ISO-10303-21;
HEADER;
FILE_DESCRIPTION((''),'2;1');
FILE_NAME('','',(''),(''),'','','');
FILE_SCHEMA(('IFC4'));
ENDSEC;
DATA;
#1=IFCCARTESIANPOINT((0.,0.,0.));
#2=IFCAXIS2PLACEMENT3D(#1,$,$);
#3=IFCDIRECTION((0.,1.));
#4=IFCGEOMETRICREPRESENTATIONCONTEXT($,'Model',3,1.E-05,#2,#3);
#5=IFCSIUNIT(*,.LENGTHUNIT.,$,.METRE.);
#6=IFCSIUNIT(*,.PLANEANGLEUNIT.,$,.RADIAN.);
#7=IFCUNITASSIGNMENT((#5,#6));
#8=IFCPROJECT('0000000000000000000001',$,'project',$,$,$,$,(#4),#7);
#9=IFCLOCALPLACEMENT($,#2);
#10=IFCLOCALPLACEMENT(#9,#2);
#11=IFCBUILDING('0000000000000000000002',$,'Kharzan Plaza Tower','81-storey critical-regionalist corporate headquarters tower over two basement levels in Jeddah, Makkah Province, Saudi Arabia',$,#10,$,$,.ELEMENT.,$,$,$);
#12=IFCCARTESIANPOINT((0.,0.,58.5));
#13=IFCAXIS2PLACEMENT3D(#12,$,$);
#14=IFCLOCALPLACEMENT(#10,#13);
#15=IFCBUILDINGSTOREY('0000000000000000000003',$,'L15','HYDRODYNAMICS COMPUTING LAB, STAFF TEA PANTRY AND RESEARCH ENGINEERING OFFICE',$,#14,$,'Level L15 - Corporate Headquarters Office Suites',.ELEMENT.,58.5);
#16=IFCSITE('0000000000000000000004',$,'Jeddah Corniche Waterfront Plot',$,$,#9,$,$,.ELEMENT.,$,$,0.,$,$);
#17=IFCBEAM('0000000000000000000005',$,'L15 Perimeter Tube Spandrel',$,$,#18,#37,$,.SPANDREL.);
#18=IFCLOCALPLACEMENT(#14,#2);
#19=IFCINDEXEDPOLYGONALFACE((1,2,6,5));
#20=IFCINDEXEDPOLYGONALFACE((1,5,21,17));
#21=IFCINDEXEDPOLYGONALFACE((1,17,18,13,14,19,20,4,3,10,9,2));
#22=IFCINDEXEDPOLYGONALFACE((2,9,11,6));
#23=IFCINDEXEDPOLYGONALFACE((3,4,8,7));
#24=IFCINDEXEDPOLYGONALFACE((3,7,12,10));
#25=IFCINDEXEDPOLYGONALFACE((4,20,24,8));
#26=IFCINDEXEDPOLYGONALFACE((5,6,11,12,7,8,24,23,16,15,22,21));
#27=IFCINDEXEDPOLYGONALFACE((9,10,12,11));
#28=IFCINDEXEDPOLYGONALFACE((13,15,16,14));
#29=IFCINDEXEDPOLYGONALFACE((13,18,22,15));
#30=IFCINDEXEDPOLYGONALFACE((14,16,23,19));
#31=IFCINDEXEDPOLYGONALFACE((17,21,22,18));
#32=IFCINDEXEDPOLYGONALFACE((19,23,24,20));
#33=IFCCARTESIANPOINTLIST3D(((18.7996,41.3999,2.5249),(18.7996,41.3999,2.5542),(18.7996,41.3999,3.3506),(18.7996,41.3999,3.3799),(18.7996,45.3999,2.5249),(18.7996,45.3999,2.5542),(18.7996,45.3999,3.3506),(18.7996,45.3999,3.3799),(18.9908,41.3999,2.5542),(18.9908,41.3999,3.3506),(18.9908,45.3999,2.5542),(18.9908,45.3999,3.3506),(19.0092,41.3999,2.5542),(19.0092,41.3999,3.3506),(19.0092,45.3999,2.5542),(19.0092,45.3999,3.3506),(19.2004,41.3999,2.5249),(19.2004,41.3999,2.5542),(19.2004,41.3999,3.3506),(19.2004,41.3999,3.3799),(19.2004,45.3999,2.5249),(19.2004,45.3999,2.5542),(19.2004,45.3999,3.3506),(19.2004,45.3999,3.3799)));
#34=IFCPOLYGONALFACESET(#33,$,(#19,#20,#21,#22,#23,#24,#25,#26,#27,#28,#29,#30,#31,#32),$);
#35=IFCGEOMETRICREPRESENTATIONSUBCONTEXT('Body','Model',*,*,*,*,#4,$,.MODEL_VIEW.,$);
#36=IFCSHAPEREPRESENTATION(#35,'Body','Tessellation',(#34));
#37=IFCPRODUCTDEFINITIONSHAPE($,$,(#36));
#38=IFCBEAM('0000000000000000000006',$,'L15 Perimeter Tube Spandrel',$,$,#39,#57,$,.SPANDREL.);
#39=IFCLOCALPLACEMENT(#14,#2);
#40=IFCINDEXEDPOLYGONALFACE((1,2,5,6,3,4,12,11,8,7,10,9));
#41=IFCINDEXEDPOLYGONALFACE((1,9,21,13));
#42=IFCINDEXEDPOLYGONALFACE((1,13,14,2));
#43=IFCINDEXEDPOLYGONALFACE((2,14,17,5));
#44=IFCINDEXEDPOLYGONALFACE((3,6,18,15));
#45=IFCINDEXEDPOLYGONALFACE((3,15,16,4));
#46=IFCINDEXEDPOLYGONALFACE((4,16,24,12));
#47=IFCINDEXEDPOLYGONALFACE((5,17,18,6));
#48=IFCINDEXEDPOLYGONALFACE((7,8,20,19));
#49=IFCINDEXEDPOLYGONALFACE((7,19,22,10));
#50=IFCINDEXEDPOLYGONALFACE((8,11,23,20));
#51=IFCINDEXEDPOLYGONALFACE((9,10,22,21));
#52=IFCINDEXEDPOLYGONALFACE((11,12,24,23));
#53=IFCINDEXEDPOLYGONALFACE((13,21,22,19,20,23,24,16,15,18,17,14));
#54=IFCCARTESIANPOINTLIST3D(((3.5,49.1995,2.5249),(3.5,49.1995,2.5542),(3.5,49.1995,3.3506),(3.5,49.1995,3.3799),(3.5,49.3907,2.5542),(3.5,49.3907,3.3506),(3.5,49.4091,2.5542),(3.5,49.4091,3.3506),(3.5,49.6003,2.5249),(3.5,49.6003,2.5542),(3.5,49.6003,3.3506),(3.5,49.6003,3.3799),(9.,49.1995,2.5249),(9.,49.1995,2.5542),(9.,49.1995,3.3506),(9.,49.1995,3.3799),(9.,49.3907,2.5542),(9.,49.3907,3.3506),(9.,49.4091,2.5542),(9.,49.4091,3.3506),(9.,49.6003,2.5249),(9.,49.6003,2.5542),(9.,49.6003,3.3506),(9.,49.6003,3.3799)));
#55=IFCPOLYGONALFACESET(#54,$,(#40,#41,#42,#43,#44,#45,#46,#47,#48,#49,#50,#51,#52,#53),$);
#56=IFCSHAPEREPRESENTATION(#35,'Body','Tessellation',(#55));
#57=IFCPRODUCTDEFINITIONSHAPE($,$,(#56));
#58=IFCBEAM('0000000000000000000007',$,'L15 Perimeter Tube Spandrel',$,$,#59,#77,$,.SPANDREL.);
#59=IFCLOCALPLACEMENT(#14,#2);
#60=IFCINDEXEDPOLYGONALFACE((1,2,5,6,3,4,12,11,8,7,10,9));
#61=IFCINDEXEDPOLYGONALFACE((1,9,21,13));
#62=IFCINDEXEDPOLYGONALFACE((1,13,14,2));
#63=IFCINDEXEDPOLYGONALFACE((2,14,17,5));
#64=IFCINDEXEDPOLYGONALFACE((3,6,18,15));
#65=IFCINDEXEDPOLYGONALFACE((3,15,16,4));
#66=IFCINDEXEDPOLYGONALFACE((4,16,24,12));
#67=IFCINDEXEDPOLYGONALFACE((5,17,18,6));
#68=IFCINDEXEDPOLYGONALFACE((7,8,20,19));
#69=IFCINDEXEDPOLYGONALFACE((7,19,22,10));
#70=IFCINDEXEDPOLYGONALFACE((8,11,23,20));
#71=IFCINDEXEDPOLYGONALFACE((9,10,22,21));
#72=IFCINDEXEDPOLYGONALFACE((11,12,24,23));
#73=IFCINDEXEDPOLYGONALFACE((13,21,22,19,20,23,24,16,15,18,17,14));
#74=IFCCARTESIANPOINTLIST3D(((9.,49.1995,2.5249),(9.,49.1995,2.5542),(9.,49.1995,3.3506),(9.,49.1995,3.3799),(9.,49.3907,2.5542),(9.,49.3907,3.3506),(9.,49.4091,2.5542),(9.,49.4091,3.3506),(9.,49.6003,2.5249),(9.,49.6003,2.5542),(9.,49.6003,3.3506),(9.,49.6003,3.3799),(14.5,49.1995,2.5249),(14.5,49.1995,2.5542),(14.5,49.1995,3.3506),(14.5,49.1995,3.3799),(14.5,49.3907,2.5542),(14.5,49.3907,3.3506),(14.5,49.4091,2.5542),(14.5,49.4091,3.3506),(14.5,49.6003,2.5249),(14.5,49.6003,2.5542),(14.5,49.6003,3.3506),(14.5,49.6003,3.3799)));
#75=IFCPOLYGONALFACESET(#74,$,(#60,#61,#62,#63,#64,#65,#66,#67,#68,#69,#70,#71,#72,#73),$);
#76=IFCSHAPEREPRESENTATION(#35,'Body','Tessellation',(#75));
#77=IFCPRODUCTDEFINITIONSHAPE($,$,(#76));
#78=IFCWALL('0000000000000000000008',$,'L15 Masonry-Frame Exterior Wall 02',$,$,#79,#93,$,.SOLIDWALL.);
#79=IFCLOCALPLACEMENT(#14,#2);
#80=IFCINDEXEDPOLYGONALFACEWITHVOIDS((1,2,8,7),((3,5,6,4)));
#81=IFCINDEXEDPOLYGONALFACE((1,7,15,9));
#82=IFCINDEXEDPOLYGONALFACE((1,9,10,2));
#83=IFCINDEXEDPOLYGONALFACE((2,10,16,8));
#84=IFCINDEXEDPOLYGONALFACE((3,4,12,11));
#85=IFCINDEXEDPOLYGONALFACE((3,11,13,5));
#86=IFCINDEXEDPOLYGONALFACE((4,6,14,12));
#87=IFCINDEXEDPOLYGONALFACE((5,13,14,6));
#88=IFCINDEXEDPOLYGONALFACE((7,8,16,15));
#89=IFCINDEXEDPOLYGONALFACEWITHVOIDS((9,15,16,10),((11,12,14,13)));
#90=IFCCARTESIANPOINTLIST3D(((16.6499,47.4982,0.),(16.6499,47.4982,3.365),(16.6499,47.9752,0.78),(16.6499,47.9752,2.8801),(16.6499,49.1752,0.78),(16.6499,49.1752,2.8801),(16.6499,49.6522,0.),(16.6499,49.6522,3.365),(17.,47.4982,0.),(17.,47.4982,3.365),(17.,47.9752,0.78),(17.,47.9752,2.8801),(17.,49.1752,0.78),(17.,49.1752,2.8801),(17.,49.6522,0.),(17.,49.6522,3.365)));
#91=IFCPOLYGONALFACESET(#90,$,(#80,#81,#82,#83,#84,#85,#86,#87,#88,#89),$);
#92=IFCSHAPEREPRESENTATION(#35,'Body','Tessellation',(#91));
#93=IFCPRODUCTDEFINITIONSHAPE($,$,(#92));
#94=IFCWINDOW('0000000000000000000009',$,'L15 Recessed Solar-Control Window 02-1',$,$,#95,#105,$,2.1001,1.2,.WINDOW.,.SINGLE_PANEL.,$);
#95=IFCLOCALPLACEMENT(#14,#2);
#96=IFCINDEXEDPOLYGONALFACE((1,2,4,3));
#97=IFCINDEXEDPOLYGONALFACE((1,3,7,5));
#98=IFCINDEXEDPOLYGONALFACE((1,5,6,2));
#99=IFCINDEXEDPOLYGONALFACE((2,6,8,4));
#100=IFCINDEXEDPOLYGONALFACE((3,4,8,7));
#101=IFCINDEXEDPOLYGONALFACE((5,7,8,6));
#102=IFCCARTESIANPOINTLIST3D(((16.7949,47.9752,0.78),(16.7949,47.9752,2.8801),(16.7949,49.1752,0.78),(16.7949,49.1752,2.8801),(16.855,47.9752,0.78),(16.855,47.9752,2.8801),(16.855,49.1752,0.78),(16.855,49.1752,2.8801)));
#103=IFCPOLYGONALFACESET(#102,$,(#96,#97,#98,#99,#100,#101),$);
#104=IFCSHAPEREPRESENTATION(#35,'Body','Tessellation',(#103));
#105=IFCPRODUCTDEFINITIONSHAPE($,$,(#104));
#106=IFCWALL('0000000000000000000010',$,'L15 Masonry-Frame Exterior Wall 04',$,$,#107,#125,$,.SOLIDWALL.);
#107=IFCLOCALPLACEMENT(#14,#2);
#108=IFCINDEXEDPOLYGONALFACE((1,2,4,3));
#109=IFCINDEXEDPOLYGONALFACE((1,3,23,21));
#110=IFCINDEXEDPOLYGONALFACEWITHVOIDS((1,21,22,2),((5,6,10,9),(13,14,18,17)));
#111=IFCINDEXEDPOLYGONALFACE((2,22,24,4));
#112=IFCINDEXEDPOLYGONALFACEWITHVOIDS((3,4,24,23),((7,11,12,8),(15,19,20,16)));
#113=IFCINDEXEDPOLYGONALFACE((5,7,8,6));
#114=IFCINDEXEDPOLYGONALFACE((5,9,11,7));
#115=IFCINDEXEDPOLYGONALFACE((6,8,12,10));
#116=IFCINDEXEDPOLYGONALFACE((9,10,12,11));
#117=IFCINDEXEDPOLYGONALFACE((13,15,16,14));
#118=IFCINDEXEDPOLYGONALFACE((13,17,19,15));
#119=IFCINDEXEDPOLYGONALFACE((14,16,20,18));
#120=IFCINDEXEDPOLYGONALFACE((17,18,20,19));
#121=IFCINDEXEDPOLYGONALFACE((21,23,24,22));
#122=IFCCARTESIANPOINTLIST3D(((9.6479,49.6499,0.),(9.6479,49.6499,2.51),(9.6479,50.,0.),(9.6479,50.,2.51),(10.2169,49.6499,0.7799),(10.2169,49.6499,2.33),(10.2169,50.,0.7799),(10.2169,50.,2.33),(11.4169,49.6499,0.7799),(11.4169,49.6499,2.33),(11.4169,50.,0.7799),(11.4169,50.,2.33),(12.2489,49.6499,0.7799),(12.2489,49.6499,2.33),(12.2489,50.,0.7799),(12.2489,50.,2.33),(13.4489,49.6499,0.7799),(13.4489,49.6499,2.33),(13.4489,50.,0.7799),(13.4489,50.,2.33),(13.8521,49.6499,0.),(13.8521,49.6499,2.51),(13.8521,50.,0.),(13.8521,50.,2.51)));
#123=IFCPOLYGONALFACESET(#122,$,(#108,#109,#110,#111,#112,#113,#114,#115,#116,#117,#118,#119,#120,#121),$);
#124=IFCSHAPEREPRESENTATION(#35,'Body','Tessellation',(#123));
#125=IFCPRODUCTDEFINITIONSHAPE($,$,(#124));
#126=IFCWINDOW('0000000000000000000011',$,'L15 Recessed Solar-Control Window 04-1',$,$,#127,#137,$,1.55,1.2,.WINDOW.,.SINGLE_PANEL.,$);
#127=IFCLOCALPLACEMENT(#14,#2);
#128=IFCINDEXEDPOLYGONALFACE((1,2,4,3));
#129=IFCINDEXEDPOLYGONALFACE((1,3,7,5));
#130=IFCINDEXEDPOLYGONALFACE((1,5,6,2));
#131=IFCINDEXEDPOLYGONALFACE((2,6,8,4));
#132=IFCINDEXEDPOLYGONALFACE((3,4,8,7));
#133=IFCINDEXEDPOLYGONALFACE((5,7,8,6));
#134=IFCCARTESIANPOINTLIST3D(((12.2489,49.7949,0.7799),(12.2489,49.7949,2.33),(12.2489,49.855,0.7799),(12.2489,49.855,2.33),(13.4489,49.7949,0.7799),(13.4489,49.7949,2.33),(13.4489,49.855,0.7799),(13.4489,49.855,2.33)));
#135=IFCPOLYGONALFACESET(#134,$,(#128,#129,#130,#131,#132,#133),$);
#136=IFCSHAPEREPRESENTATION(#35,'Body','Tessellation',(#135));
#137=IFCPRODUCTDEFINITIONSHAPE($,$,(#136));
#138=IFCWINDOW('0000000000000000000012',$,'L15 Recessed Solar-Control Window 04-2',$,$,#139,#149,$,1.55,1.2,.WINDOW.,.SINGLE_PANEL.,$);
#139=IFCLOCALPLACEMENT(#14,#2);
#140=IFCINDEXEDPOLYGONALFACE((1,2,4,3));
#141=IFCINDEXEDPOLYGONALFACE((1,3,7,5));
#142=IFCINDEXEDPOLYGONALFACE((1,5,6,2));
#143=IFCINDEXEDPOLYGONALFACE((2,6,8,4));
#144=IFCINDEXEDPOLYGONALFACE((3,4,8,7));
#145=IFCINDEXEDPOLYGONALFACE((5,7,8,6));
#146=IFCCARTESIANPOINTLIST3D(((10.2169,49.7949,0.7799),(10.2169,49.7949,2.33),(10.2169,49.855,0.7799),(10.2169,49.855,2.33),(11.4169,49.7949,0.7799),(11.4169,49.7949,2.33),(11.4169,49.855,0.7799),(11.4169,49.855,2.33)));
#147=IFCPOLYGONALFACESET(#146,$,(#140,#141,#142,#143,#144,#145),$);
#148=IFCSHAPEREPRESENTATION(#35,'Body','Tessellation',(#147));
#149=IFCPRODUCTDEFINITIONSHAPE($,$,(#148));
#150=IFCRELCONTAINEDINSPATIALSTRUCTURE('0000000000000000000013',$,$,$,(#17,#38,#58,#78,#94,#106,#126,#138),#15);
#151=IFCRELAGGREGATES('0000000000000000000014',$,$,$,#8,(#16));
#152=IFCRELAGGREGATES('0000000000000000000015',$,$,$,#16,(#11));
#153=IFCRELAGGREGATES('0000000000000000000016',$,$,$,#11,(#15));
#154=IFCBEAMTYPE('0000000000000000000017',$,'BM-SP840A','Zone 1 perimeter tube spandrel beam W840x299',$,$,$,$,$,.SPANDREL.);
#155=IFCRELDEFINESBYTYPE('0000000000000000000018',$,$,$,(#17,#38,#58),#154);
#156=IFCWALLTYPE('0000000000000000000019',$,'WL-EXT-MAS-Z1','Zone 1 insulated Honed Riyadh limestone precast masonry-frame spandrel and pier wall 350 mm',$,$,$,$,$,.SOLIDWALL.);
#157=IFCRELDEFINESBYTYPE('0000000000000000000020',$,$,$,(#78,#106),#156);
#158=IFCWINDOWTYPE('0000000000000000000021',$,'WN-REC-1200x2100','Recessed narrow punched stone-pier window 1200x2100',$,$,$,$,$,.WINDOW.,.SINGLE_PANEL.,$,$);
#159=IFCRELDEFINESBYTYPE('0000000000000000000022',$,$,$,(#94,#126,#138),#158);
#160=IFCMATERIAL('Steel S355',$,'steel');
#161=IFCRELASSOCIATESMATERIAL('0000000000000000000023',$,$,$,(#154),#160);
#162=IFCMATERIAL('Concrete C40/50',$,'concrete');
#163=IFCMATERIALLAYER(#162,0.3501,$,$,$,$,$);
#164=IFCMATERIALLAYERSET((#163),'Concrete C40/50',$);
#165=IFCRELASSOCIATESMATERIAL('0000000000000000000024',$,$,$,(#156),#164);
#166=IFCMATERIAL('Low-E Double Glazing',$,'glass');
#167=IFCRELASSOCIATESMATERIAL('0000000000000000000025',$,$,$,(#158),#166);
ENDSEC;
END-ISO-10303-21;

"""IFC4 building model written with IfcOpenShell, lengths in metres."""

from ifc_helpers import new_model, si_unit, direction, frame, frame_2d, origin, origin_2d, place, context, subcontext, project, spatial, rectangle, i_section, extrude, source, transform, mapped, material, layer, layer_set, material_profile, profile_set, type_object, element, fill, save


model = new_model("IFC4")

# Units and contexts
model_context = context("Model", 3, precision=1e-05, world=origin(), true_north=direction((0.0, 1.0)))
body_context = subcontext(model_context, "Body", "Model", "MODEL_VIEW")
ifc_project = project(units=[si_unit("LENGTHUNIT", "METRE"), si_unit("PLANEANGLEUNIT", "RADIAN")], contexts=[model_context])

# Site, building, storey
site_placement = place(None, origin())
site = spatial("IfcSite", under=ifc_project, at=site_placement, Name="Jeddah Corniche Waterfront Plot", CompositionType="ELEMENT", RefElevation=0.0)
building_placement = place(site_placement, origin())
building = spatial("IfcBuilding", under=site, at=building_placement, Name="Kharzan Plaza Tower", Description="81-storey critical-regionalist corporate headquarters tower over two basement levels in Jeddah, Makkah Province, Saudi Arabia", CompositionType="ELEMENT")
storey_placement = place(building_placement, frame((0.0, 0.0, 58.5)))
storey = spatial("IfcBuildingStorey", under=building, at=storey_placement, Name="L15", Description="HYDRODYNAMICS COMPUTING LAB, STAFF TEA PANTRY AND RESEARCH ENGINEERING OFFICE", LongName="Level L15 - Corporate Headquarters Office Suites", CompositionType="ELEMENT", Elevation=58.5)

# Beams
ifc_material_1 = material(Name="Steel S355", Category="steel")
ifc_material_profile_1 = material_profile(ifc_material_1, i_section(OverallWidth=0.4009, OverallDepth=0.855, WebThickness=0.0183, FlangeThickness=0.0293, at=origin_2d()), Name="W840x299")
ifc_profile_set_1 = profile_set([ifc_material_profile_1], Name="Steel S355")
beam_type_1 = type_object("IfcBeamType", Name="BM-SP840A", Description="Zone 1 perimeter tube spandrel beam W840x299", PredefinedType="SPANDREL", material=ifc_profile_set_1)
shared_shape_1 = source(origin(), body_context, "Body", "SweptSolid", [
    extrude(i_section(OverallWidth=0.4009, OverallDepth=0.855, WebThickness=0.0183, FlangeThickness=0.0293, at=origin_2d()), origin(), (0.0, 0.0, 1.0), 4.0),
])
beam_1_placement = place(storey_placement, frame((19.0, 41.3999, 2.9524), z_axis=(0.0, 1.0, 0.0), x_axis=(-1.0, 0.0, 0.0)))
element("IfcBeam", 1, at=beam_1_placement, inside=storey, type_object=beam_type_1, Name="L15 Perimeter Tube Spandrel", PredefinedType="SPANDREL", context=body_context, shape_type="MappedRepresentation", body=[
    mapped(shared_shape_1, transform((0.0, 0.0, 0.0), x_axis=(1.0, 0.0, 0.0), y_axis=(0.0, 1.0, 0.0), z_axis=(0.0, 0.0, 1.0))),
])
shared_shape_2 = source(origin(), body_context, "Body", "SweptSolid", [
    extrude(i_section(OverallWidth=0.4009, OverallDepth=0.855, WebThickness=0.0183, FlangeThickness=0.0293, at=origin_2d()), origin(), (0.0, 0.0, 1.0), 5.5),
])
for number, where, z_axis, x_axis, name in (
    (2, (3.5, 49.3999, 2.9524), (1.0, 0.0, 0.0), (0.0, 1.0, 0.0), "L15 Perimeter Tube Spandrel"),
    (3, (9.0, 49.3999, 2.9524), (1.0, 0.0, 0.0), (0.0, 1.0, 0.0), "L15 Perimeter Tube Spandrel"),
):
    element("IfcBeam", number, at=place(storey_placement, frame(where, z_axis=z_axis, x_axis=x_axis)), inside=storey, type_object=beam_type_1, Name=name, PredefinedType="SPANDREL", context=body_context, shape_type="MappedRepresentation", body=[
        mapped(shared_shape_2, transform((0.0, 0.0, 0.0), x_axis=(1.0, 0.0, 0.0), y_axis=(0.0, 1.0, 0.0), z_axis=(0.0, 0.0, 1.0))),
    ])

# Wall, opening, window
ifc_material_2 = material(Name="Concrete C40/50", Category="concrete")
ifc_layer = layer(ifc_material_2, 0.3501)
ifc_layer_set = layer_set([ifc_layer], Name="Concrete C40/50")
wall_type = type_object("IfcWallType", Name="WL-EXT-MAS-Z1", Description="Zone 1 insulated Honed Riyadh limestone precast masonry-frame spandrel and pier wall 350 mm", PredefinedType="SOLIDWALL", material=ifc_layer_set)
wall_1_placement = place(storey_placement, frame((16.825, 47.498, 0.0), z_axis=(0.0, 0.0, 1.0), x_axis=(0.0, 1.0, 0.0)))
wall_1 = element("IfcWall", 4, at=wall_1_placement, inside=storey, type_object=wall_type, Name="L15 Masonry-Frame Exterior Wall 02", PredefinedType="SOLIDWALL", context=body_context, shape_type="SweptSolid", body=[
    extrude(rectangle(XDim=2.1541, YDim=0.3501, at=frame_2d((1.0771, 0.0))), origin(), (0.0, 0.0, 1.0), 3.365),
])
opening_1_placement = place(wall_1_placement, frame((0.4771, 0.0, 0.78)))
opening_1 = element("IfcOpeningElement", 5, at=opening_1_placement, cuts=wall_1, PredefinedType="OPENING", context=body_context, shape_type="SweptSolid", body=[
    extrude(rectangle(XDim=1.2, YDim=2.1001, at=frame_2d((0.6001, 1.05))), frame((0.0, 0.1851, 0.0), z_axis=(0.0, -1.0, 0.0), x_axis=(1.0, 0.0, 0.0)), (0.0, 0.0, 1.0), 0.3701),
])
ifc_material_3 = material(Name="Low-E Double Glazing", Category="glass")
window_type_1 = type_object("IfcWindowType", Name="WN-REC-1200x2100", Description="Recessed narrow punched stone-pier window 1200x2100", PartitioningType="SINGLE_PANEL", PredefinedType="WINDOW", material=ifc_material_3)
shared_shape_3 = source(origin(), body_context, "Body", "SweptSolid", [
    extrude(rectangle(XDim=1.2, YDim=2.1001, at=frame_2d((0.6001, 1.05))), frame((0.0, 0.03, 0.0), z_axis=(0.0, -1.0, 0.0), x_axis=(1.0, 0.0, 0.0)), (0.0, 0.0, 1.0), 0.0601),
])
window_1_placement = place(opening_1_placement, origin())
window_1 = element("IfcWindow", 6, at=window_1_placement, inside=storey, type_object=window_type_1, Name="L15 Recessed Solar-Control Window 02-1", OverallHeight=2.1001, OverallWidth=1.2, PartitioningType="SINGLE_PANEL", PredefinedType="WINDOW", context=body_context, shape_type="MappedRepresentation", body=[
    mapped(shared_shape_3, transform((0.0, 0.0, 0.0), x_axis=(1.0, 0.0, 0.0), y_axis=(0.0, 1.0, 0.0), z_axis=(0.0, 0.0, 1.0))),
])
fill(opening_1, window_1)

# Wall, openings, windows
wall_2_placement = place(storey_placement, frame((13.8521, 49.825, 0.0), z_axis=(0.0, 0.0, 1.0), x_axis=(-1.0, 0.0, 0.0)))
wall_2 = element("IfcWall", 7, at=wall_2_placement, inside=storey, type_object=wall_type, Name="L15 Masonry-Frame Exterior Wall 04", PredefinedType="SOLIDWALL", context=body_context, shape_type="SweptSolid", body=[
    extrude(rectangle(XDim=4.2041, YDim=0.3501, at=frame_2d((2.1021, 0.0))), origin(), (0.0, 0.0, 1.0), 2.51),
])
opening_2_placement = place(wall_2_placement, frame((0.4031, 0.0, 0.78)))
opening_2 = element("IfcOpeningElement", 8, at=opening_2_placement, cuts=wall_2, PredefinedType="OPENING", context=body_context, shape_type="SweptSolid", body=[
    extrude(rectangle(XDim=1.2, YDim=1.55, at=frame_2d((0.6001, 0.7749))), frame((0.0, 0.1851, 0.0), z_axis=(0.0, -1.0, 0.0), x_axis=(1.0, 0.0, 0.0)), (0.0, 0.0, 1.0), 0.3701),
])
opening_3_placement = place(wall_2_placement, frame((2.4351, 0.0, 0.78)))
opening_3 = element("IfcOpeningElement", 9, at=opening_3_placement, cuts=wall_2, PredefinedType="OPENING", context=body_context, shape_type="SweptSolid", body=[
    extrude(rectangle(XDim=1.2, YDim=1.55, at=frame_2d((0.6001, 0.7749))), frame((0.0, 0.1851, 0.0), z_axis=(0.0, -1.0, 0.0), x_axis=(1.0, 0.0, 0.0)), (0.0, 0.0, 1.0), 0.3701),
])
shared_shape_4 = source(origin(), body_context, "Body", "SweptSolid", [
    extrude(rectangle(XDim=1.2, YDim=1.55, at=frame_2d((0.6001, 0.7749))), frame((0.0, 0.03, 0.0), z_axis=(0.0, -1.0, 0.0), x_axis=(1.0, 0.0, 0.0)), (0.0, 0.0, 1.0), 0.0601),
])
window_2_placement = place(opening_2_placement, origin())
window_2 = element("IfcWindow", 10, at=window_2_placement, inside=storey, type_object=window_type_1, Name="L15 Recessed Solar-Control Window 04-1", OverallHeight=1.55, OverallWidth=1.2, PartitioningType="SINGLE_PANEL", PredefinedType="WINDOW", context=body_context, shape_type="MappedRepresentation", body=[
    mapped(shared_shape_4, transform((0.0, 0.0, 0.0), x_axis=(1.0, 0.0, 0.0), y_axis=(0.0, 1.0, 0.0), z_axis=(0.0, 0.0, 1.0))),
])
fill(opening_2, window_2)
window_3_placement = place(opening_3_placement, origin())
window_3 = element("IfcWindow", 11, at=window_3_placement, inside=storey, type_object=window_type_1, Name="L15 Recessed Solar-Control Window 04-2", OverallHeight=1.55, OverallWidth=1.2, PartitioningType="SINGLE_PANEL", PredefinedType="WINDOW", context=body_context, shape_type="MappedRepresentation", body=[
    mapped(shared_shape_4, transform((0.0, 0.0, 0.0), x_axis=(1.0, 0.0, 0.0), y_axis=(0.0, 1.0, 0.0), z_axis=(0.0, 0.0, 1.0))),
])
fill(opening_3, window_3)

save(model, "model.ifc")
